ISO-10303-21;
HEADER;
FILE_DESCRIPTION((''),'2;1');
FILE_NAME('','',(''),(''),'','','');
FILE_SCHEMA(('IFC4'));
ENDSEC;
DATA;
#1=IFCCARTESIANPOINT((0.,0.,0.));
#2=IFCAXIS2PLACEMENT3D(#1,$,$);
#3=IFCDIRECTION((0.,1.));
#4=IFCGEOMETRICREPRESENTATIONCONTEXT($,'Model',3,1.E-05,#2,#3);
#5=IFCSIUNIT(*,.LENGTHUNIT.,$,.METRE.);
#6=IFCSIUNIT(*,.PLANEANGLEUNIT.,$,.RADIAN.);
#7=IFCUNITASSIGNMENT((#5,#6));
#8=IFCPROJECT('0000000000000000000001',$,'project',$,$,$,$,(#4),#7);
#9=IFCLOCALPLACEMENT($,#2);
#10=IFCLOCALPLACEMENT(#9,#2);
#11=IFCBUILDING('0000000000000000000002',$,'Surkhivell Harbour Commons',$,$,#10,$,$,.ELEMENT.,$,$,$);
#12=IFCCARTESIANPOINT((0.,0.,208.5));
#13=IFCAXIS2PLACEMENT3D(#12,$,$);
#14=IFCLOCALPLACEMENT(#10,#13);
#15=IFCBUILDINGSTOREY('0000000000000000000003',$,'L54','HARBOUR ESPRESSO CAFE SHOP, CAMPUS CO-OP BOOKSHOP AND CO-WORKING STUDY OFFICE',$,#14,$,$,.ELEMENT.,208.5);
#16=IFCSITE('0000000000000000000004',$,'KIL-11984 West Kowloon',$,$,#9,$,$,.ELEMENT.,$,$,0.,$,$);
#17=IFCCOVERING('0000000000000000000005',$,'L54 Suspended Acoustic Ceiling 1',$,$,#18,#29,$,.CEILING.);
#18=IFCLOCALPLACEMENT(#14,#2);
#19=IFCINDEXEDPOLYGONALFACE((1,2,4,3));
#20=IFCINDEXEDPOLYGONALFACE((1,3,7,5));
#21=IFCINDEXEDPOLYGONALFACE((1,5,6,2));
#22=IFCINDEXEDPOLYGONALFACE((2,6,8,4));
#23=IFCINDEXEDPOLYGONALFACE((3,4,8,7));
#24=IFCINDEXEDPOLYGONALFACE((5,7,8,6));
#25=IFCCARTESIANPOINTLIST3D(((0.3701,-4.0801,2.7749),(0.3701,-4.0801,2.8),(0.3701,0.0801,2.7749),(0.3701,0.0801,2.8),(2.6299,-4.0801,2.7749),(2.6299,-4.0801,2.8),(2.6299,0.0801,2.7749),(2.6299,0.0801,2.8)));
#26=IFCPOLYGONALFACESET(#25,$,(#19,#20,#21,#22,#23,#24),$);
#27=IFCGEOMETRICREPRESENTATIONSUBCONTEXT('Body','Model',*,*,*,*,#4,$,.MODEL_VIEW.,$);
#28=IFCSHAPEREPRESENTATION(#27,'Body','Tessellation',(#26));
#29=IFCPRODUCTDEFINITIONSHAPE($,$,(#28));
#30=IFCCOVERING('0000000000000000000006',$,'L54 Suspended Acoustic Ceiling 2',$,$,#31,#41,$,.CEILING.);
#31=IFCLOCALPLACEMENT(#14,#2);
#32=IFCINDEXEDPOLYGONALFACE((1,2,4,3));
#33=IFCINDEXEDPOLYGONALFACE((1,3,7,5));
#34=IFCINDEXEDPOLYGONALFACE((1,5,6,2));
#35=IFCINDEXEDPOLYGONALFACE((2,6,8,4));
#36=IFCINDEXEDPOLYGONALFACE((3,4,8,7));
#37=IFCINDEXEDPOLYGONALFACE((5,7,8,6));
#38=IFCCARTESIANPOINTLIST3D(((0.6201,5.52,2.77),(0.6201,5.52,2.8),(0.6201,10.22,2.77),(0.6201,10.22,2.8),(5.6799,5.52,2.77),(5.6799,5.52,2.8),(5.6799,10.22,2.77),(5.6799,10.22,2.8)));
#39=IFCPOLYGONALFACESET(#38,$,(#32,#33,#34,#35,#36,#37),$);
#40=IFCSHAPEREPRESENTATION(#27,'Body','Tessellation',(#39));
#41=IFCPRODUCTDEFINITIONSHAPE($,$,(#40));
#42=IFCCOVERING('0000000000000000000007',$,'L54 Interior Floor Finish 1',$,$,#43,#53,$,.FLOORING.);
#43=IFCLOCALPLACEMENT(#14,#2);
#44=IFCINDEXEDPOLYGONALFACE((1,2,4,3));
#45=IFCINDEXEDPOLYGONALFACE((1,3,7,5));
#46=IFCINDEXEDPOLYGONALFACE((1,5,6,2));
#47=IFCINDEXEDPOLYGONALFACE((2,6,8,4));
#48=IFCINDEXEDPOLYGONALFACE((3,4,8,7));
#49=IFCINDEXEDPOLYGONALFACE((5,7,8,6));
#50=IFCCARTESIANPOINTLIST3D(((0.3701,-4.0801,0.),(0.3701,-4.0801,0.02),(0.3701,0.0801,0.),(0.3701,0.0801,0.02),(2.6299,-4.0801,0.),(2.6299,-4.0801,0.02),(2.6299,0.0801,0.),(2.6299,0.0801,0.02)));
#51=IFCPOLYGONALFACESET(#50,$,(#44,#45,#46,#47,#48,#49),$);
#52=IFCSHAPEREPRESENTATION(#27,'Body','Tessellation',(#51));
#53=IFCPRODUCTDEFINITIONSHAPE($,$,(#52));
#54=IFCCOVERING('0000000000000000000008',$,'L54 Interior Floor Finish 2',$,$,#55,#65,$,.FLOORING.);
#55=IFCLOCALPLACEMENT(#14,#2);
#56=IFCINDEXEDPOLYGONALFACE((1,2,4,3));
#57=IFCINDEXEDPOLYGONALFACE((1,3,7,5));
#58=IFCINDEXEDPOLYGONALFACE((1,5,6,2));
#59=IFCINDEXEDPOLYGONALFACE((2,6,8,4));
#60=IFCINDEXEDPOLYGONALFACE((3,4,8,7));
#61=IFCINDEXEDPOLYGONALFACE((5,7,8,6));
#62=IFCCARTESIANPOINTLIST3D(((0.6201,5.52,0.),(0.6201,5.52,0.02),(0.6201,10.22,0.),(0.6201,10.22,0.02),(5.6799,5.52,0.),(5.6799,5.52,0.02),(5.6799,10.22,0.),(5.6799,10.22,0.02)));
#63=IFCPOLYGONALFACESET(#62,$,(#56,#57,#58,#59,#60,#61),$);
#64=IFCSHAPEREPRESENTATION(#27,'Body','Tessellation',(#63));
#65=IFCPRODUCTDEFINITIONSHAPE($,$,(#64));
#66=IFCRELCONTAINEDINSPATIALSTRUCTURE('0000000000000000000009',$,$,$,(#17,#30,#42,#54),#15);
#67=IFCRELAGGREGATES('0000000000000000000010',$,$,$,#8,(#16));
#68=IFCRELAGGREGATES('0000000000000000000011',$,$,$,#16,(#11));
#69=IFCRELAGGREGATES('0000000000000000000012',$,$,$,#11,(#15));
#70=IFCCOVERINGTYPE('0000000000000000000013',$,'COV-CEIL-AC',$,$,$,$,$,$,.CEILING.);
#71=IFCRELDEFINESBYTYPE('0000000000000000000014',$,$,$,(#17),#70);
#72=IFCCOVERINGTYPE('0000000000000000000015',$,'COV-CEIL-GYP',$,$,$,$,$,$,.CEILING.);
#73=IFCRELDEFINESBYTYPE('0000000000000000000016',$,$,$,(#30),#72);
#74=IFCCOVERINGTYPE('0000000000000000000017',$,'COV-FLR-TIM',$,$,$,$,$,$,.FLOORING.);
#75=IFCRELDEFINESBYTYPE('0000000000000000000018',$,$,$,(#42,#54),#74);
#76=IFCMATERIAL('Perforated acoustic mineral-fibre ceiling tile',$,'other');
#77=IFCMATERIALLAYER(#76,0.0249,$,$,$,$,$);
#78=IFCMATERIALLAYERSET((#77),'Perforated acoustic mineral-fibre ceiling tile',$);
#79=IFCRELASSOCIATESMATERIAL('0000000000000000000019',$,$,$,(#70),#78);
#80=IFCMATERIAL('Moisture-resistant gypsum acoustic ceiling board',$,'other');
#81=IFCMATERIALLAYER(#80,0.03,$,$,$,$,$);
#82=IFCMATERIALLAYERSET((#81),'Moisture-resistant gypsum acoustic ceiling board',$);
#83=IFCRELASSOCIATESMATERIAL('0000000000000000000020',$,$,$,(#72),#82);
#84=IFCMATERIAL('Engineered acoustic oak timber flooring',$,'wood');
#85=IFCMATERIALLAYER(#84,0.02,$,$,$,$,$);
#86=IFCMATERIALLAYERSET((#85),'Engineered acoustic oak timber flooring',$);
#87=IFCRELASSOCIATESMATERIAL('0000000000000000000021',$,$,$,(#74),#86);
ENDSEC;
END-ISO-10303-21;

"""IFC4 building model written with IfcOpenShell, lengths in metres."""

from ifc_helpers import new_model, si_unit, direction, frame, origin, place, context, subcontext, project, spatial, polyline, outline, extrude, material, layer, layer_set, type_object, element, save


model = new_model("IFC4")

# Units and contexts
model_context = context("Model", 3, precision=1e-05, world=origin(), true_north=direction((0.0, 1.0)))
body_context = subcontext(model_context, "Body", "Model", "MODEL_VIEW")
ifc_project = project(units=[si_unit("LENGTHUNIT", "METRE"), si_unit("PLANEANGLEUNIT", "RADIAN")], contexts=[model_context])

# Site, building, storey
site_placement = place(None, origin())
site = spatial("IfcSite", under=ifc_project, at=site_placement, Name="KIL-11984 West Kowloon", CompositionType="ELEMENT", RefElevation=0.0)
building_placement = place(site_placement, origin())
building = spatial("IfcBuilding", under=site, at=building_placement, Name="Surkhivell Harbour Commons", CompositionType="ELEMENT")
storey_placement = place(building_placement, frame((0.0, 0.0, 208.5)))
storey = spatial("IfcBuildingStorey", under=building, at=storey_placement, Name="L54", Description="HARBOUR ESPRESSO CAFE SHOP, CAMPUS CO-OP BOOKSHOP AND CO-WORKING STUDY OFFICE", CompositionType="ELEMENT", Elevation=208.5)

# Coverings
ifc_material_1 = material(Name="Perforated acoustic mineral-fibre ceiling tile", Category="other")
ifc_layer_1 = layer(ifc_material_1, 0.0249)
ifc_layer_set_1 = layer_set([ifc_layer_1], Name="Perforated acoustic mineral-fibre ceiling tile")
covering_type_1 = type_object("IfcCoveringType", Name="COV-CEIL-AC", PredefinedType="CEILING", material=ifc_layer_set_1)
covering_1_placement = place(storey_placement, frame((0.0, 0.0, 2.7749)))
element("IfcCovering", 1, at=covering_1_placement, inside=storey, type_object=covering_type_1, Name="L54 Suspended Acoustic Ceiling 1", PredefinedType="CEILING", context=body_context, shape_type="SweptSolid", body=[
    extrude(outline(polyline([(0.3701, -4.0801), (2.6299, -4.0801), (2.6299, 0.0801), (0.3701, 0.0801), (0.3701, -4.0801)])), origin(), (0.0, 0.0, 1.0), 0.0251),
])
ifc_material_2 = material(Name="Moisture-resistant gypsum acoustic ceiling board", Category="other")
ifc_layer_2 = layer(ifc_material_2, 0.03)
ifc_layer_set_2 = layer_set([ifc_layer_2], Name="Moisture-resistant gypsum acoustic ceiling board")
covering_type_2 = type_object("IfcCoveringType", Name="COV-CEIL-GYP", PredefinedType="CEILING", material=ifc_layer_set_2)
covering_2_placement = place(storey_placement, frame((0.0, 0.0, 2.77)))
element("IfcCovering", 2, at=covering_2_placement, inside=storey, type_object=covering_type_2, Name="L54 Suspended Acoustic Ceiling 2", PredefinedType="CEILING", context=body_context, shape_type="SweptSolid", body=[
    extrude(outline(polyline([(0.6201, 5.52), (5.6799, 5.52), (5.6799, 10.22), (0.6201, 10.22), (0.6201, 5.52)])), origin(), (0.0, 0.0, 1.0), 0.03),
])
ifc_material_3 = material(Name="Engineered acoustic oak timber flooring", Category="wood")
ifc_layer_3 = layer(ifc_material_3, 0.02)
ifc_layer_set_3 = layer_set([ifc_layer_3], Name="Engineered acoustic oak timber flooring")
covering_type_3 = type_object("IfcCoveringType", Name="COV-FLR-TIM", PredefinedType="FLOORING", material=ifc_layer_set_3)
covering_3_placement = place(storey_placement, origin())
element("IfcCovering", 3, at=covering_3_placement, inside=storey, type_object=covering_type_3, Name="L54 Interior Floor Finish 1", PredefinedType="FLOORING", context=body_context, shape_type="SweptSolid", body=[
    extrude(outline(polyline([(0.3701, -4.0801), (2.6299, -4.0801), (2.6299, 0.0801), (0.3701, 0.0801), (0.3701, -4.0801)])), origin(), (0.0, 0.0, 1.0), 0.02),
])
covering_4_placement = place(storey_placement, origin())
element("IfcCovering", 4, at=covering_4_placement, inside=storey, type_object=covering_type_3, Name="L54 Interior Floor Finish 2", PredefinedType="FLOORING", context=body_context, shape_type="SweptSolid", body=[
    extrude(outline(polyline([(0.6201, 5.52), (5.6799, 5.52), (5.6799, 10.22), (0.6201, 10.22), (0.6201, 5.52)])), origin(), (0.0, 0.0, 1.0), 0.02),
])

save(model, "model.ifc")
